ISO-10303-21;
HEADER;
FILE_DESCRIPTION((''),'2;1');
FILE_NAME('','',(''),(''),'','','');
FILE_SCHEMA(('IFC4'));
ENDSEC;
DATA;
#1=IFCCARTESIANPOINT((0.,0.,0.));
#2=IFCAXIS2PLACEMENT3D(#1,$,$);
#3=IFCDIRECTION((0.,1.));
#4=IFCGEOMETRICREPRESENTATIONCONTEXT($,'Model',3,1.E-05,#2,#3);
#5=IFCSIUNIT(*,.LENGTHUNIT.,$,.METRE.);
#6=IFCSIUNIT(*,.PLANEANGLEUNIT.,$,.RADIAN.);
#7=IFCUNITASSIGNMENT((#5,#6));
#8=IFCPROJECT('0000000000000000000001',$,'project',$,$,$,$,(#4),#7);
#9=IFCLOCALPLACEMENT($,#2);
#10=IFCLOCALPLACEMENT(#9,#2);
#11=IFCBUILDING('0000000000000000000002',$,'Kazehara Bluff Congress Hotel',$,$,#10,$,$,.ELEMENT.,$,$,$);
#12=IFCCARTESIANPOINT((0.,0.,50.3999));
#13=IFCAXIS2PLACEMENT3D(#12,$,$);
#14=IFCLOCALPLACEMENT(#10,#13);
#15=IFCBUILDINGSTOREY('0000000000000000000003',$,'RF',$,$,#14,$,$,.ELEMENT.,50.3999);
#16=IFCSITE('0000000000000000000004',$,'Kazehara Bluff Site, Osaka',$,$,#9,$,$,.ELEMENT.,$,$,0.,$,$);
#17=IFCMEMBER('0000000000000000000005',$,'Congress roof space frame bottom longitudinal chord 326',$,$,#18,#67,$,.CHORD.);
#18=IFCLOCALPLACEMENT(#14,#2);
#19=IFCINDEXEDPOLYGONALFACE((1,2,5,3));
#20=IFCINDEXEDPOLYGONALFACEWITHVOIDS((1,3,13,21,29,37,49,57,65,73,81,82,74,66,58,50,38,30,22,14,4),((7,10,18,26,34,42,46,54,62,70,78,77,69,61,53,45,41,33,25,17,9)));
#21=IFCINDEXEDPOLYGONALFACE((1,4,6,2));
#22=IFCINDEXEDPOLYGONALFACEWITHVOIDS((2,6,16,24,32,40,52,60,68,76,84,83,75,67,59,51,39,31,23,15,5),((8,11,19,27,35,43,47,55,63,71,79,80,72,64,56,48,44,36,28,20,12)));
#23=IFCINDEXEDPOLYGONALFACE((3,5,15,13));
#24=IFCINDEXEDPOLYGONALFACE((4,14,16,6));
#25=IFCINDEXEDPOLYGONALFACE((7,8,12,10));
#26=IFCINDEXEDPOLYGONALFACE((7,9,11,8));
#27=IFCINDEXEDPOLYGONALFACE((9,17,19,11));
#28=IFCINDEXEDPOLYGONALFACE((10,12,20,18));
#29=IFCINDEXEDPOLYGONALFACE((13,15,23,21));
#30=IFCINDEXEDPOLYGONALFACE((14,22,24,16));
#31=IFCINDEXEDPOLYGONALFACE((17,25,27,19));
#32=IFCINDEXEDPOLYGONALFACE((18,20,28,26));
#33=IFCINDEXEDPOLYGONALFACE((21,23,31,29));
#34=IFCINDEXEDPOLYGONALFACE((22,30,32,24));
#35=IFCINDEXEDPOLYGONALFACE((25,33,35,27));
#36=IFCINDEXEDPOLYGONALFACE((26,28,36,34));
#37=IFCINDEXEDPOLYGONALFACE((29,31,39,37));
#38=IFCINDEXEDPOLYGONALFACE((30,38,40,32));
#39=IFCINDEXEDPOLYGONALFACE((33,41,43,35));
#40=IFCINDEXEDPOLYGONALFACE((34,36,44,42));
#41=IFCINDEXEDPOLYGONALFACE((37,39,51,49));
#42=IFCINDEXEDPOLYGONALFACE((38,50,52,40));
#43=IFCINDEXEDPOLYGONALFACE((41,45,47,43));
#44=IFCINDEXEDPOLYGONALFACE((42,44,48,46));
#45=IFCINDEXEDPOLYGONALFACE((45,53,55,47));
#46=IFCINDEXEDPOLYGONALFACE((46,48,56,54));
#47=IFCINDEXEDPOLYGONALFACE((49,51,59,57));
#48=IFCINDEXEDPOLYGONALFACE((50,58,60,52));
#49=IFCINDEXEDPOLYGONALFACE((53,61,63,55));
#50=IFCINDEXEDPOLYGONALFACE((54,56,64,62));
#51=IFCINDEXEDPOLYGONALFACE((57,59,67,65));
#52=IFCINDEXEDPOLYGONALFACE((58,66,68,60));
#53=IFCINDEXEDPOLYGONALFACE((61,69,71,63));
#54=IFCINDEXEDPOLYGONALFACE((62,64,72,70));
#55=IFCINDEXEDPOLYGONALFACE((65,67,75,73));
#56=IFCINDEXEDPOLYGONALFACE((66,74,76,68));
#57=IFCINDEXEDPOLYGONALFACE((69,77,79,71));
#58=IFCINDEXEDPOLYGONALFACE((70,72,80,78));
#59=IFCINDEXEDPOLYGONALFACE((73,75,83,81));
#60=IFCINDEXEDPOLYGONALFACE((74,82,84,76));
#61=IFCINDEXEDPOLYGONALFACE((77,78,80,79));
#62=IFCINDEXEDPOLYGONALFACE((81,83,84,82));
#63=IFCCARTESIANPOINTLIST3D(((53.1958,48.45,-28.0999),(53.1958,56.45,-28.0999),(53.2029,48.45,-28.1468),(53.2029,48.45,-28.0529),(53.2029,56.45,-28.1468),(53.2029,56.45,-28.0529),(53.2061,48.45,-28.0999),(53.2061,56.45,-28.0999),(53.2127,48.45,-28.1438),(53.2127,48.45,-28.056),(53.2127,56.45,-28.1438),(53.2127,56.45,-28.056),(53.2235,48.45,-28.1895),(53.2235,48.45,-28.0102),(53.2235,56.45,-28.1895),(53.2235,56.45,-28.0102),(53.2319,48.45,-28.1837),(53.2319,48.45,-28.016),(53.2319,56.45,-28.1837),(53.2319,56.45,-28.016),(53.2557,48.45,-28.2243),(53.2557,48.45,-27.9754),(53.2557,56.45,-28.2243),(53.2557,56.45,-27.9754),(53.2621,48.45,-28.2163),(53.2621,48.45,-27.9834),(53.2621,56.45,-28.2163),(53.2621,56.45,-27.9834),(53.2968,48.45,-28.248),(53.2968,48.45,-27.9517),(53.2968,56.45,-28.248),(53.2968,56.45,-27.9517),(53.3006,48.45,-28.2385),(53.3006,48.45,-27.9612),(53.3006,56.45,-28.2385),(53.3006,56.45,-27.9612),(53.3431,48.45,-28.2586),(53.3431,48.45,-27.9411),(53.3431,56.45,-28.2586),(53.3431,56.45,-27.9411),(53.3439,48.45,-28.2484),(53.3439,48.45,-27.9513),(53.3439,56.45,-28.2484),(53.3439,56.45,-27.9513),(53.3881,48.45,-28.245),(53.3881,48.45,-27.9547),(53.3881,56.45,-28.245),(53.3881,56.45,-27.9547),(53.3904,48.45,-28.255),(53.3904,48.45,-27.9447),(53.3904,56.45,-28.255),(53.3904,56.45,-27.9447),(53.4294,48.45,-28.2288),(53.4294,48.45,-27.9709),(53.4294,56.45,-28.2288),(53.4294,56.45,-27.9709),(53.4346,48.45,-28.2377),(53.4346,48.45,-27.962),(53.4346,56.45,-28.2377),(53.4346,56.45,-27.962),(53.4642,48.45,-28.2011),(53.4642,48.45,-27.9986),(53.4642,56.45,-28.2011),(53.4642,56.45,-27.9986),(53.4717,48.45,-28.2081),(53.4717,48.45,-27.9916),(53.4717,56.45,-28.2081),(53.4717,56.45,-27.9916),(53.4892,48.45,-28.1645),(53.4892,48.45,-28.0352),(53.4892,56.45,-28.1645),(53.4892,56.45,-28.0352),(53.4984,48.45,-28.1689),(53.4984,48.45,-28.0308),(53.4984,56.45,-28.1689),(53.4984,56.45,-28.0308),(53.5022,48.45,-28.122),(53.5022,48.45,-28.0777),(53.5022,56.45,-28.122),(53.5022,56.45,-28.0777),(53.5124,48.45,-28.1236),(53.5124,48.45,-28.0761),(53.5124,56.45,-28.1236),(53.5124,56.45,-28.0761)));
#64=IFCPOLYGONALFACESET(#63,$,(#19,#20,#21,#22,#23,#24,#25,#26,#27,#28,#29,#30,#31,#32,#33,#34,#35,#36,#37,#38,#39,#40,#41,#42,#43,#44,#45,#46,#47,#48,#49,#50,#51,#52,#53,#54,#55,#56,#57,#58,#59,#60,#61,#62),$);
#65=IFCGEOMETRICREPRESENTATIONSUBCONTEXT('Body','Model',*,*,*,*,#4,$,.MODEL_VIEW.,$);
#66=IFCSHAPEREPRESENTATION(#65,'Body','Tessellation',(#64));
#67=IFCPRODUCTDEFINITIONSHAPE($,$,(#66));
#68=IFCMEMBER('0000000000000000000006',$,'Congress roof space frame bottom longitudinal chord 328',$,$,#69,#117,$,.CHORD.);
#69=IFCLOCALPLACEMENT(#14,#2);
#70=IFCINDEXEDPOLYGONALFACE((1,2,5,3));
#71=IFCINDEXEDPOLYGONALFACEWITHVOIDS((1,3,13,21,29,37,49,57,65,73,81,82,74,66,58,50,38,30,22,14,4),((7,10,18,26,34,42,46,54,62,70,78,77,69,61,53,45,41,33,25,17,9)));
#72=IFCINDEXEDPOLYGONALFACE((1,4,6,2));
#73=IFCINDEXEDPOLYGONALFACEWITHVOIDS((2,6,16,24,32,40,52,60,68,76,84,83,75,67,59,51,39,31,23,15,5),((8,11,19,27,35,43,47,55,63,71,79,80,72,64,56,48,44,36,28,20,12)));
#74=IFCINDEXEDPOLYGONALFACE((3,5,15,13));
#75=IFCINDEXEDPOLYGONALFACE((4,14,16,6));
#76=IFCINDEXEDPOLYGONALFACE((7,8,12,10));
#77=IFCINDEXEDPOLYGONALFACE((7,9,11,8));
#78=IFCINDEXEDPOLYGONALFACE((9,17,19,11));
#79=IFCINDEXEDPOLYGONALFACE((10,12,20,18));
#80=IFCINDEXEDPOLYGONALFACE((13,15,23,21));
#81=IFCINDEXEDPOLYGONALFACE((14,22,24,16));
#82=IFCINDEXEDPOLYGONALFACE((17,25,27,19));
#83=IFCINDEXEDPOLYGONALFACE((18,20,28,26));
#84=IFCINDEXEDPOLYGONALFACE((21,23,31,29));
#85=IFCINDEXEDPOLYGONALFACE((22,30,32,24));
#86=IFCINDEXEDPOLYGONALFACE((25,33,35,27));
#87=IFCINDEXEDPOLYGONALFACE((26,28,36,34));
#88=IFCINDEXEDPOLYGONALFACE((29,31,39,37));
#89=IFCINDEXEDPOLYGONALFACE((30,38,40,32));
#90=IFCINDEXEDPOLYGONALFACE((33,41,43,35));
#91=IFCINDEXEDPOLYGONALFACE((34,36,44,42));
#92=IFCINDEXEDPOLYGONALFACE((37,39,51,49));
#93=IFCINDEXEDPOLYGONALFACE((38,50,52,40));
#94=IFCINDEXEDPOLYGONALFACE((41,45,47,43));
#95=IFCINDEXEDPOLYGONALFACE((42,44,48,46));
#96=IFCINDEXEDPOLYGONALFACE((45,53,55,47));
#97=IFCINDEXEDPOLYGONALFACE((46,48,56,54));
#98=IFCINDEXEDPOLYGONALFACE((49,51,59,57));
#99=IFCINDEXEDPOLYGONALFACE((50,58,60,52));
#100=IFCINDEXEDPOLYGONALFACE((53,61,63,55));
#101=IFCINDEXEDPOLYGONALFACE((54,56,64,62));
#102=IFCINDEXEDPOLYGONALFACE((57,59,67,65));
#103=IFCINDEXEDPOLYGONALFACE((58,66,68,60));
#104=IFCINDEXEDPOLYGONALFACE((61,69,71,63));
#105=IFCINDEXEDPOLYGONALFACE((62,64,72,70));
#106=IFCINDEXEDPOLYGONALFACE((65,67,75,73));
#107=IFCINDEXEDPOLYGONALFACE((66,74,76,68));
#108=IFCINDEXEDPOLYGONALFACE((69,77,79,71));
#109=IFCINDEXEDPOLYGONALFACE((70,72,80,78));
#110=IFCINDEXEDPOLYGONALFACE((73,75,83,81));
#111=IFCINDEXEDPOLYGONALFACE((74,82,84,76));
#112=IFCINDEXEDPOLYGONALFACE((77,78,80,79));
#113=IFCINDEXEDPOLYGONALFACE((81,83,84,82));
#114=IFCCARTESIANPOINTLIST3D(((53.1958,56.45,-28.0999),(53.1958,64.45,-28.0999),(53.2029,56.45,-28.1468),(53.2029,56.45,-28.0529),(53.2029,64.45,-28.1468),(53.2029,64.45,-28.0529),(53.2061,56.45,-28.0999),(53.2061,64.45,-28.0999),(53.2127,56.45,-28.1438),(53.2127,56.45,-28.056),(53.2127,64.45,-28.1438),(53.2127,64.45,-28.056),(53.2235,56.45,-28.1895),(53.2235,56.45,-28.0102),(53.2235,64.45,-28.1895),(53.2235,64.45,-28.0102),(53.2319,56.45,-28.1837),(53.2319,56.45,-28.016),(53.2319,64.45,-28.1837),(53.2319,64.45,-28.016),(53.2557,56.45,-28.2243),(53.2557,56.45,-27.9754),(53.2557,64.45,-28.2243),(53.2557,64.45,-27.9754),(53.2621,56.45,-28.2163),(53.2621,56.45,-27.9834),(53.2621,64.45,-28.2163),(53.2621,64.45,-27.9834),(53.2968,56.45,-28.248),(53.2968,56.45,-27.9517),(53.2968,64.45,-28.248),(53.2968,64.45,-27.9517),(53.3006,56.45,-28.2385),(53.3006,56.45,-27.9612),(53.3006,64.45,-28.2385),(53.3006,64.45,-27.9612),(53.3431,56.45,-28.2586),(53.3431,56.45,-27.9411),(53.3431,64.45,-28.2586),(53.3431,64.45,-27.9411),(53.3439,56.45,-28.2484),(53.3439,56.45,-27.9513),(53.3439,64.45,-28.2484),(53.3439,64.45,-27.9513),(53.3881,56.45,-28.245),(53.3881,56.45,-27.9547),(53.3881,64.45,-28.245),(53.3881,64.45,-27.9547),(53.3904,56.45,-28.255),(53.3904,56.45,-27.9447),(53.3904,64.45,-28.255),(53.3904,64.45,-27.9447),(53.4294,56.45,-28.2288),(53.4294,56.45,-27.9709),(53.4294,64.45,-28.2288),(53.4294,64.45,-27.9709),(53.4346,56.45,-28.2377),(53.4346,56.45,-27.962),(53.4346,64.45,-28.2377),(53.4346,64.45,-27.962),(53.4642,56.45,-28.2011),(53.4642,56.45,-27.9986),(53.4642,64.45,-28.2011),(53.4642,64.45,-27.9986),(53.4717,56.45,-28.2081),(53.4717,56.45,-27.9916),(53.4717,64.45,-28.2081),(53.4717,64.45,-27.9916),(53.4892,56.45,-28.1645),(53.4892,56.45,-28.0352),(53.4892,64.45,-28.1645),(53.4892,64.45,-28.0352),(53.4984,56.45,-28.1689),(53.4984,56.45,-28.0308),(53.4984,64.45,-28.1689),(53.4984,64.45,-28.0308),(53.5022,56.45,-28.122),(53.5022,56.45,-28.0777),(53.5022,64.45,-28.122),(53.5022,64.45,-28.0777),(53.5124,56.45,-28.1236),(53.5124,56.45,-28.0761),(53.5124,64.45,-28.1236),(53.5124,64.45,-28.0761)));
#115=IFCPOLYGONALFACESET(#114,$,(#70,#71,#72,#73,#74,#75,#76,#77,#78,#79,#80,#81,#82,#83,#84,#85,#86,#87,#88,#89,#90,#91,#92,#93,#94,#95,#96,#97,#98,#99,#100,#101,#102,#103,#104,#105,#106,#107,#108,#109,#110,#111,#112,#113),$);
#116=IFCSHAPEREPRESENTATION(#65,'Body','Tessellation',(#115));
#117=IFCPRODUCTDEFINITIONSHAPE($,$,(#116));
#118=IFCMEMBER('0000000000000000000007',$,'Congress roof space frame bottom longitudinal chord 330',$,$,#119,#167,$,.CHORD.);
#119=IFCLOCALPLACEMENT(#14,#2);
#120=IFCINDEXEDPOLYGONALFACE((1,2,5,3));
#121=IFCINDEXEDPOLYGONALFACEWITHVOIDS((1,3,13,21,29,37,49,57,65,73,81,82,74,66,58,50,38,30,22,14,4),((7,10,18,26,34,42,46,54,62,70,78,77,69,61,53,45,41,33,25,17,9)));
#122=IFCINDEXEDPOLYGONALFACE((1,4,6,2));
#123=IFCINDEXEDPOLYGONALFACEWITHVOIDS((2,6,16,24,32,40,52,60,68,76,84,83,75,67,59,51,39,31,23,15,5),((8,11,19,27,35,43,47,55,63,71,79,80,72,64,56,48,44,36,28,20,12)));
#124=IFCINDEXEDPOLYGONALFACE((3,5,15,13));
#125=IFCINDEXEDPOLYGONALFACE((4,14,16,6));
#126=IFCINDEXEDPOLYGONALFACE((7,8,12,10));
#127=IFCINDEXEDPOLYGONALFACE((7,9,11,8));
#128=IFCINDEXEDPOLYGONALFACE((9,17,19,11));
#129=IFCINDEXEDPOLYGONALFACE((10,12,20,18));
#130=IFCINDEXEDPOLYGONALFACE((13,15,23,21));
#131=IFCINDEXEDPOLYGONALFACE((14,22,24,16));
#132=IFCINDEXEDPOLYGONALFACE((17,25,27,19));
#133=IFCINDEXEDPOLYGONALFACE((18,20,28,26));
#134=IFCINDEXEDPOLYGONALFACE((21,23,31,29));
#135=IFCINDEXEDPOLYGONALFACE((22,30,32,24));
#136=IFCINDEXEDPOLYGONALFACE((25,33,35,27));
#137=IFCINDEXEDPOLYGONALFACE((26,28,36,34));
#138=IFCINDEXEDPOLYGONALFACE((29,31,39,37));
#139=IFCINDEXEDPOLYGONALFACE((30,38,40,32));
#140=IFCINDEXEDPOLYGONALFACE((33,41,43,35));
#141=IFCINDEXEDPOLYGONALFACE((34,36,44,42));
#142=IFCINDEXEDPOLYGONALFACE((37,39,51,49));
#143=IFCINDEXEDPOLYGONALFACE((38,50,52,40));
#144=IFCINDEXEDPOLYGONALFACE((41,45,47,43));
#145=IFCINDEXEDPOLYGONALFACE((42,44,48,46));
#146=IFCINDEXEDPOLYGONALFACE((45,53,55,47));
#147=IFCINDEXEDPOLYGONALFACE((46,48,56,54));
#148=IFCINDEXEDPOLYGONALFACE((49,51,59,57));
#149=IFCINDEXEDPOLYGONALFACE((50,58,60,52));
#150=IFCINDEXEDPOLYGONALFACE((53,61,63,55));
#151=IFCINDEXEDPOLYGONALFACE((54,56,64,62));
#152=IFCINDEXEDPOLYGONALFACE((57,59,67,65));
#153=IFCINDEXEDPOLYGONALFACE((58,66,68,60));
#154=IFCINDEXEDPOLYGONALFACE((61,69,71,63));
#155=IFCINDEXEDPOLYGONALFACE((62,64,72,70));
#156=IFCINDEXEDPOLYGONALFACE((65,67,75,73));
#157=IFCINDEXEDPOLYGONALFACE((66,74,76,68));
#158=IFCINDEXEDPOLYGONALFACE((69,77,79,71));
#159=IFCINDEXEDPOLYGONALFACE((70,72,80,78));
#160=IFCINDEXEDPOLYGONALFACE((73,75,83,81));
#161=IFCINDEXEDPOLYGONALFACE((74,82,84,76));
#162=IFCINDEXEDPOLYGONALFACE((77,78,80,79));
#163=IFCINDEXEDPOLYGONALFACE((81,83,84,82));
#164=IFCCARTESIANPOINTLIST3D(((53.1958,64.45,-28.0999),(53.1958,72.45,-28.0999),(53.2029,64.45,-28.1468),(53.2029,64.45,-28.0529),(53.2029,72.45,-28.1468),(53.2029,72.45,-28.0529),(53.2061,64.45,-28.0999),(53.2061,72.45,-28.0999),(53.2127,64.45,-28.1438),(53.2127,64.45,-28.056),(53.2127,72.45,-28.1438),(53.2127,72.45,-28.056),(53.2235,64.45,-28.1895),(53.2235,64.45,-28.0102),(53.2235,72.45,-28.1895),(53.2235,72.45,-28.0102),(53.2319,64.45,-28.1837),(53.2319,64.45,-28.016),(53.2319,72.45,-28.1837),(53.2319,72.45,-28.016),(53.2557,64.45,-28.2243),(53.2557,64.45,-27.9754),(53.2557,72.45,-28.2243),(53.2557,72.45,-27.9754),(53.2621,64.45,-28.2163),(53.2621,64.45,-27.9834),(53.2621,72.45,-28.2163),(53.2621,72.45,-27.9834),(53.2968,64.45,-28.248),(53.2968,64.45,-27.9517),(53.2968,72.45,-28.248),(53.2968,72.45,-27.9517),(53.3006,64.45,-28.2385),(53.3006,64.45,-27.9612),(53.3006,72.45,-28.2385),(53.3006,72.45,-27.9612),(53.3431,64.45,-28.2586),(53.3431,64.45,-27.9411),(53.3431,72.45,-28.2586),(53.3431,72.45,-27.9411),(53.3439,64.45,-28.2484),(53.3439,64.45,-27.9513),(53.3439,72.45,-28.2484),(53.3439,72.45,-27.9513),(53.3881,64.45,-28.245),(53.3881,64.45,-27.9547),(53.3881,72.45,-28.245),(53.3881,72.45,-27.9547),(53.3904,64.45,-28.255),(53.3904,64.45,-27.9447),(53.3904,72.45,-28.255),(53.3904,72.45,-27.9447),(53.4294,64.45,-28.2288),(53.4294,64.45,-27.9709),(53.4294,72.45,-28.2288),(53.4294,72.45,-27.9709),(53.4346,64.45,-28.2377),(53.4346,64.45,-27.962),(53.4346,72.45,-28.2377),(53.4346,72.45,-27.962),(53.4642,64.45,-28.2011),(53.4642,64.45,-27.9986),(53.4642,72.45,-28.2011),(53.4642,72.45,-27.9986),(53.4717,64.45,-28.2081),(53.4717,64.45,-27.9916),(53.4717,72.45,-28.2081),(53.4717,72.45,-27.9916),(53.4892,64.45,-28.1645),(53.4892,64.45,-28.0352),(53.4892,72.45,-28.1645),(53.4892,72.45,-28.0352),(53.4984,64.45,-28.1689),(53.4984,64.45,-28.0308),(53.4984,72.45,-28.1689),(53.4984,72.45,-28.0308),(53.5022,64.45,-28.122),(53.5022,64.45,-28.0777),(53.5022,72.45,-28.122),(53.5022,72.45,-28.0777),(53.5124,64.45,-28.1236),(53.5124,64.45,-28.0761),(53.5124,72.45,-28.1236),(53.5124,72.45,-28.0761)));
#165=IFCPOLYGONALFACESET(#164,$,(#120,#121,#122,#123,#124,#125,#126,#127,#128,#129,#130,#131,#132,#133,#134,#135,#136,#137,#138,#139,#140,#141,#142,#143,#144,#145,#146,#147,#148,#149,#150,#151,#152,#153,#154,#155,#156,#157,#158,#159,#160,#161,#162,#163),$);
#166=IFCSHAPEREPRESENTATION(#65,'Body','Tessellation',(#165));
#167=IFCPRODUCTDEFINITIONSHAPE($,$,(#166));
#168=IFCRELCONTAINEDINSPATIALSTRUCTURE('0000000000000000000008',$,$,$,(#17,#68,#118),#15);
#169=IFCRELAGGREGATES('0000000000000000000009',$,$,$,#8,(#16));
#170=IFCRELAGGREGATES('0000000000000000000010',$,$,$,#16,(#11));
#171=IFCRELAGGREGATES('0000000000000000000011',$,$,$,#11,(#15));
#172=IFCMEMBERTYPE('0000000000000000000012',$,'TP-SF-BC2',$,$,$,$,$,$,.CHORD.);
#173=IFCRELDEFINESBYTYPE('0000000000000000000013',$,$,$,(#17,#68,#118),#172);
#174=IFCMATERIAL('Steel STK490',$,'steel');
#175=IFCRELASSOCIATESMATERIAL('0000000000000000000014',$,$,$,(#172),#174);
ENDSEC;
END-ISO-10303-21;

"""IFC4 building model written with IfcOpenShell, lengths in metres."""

from ifc_helpers import new_model, si_unit, direction, frame, origin, origin_2d, place, context, subcontext, project, spatial, hollow_circle, extrude, material, material_profile, profile_set, type_object, element, save


model = new_model("IFC4")

# Units and contexts
model_context = context("Model", 3, precision=1e-05, world=origin(), true_north=direction((0.0, 1.0)))
body_context = subcontext(model_context, "Body", "Model", "MODEL_VIEW")
ifc_project = project(units=[si_unit("LENGTHUNIT", "METRE"), si_unit("PLANEANGLEUNIT", "RADIAN")], contexts=[model_context])

# Site, building, storey
site_placement = place(None, origin())
site = spatial("IfcSite", under=ifc_project, at=site_placement, Name="Kazehara Bluff Site, Osaka", CompositionType="ELEMENT", RefElevation=0.0)
building_placement = place(site_placement, origin())
building = spatial("IfcBuilding", under=site, at=building_placement, Name="Kazehara Bluff Congress Hotel", CompositionType="ELEMENT")
storey_placement = place(building_placement, frame((0.0, 0.0, 50.3999)))
storey = spatial("IfcBuildingStorey", under=building, at=storey_placement, Name="RF", CompositionType="ELEMENT", Elevation=50.3999)

# Members
ifc_material_1 = material(Name="Steel STK490", Category="steel")
ifc_material_profile_1 = material_profile(ifc_material_1, hollow_circle(Radius=0.1592, WallThickness=0.0103, at=origin_2d()))
ifc_profile_set_1 = profile_set([ifc_material_profile_1], Name="Steel STK490")
member_type_1 = type_object("IfcMemberType", Name="TP-SF-BC2", PredefinedType="CHORD", material=ifc_profile_set_1)
for number, where, z_axis, x_axis, name in (
    (1, (53.355, 48.45, -28.0999), (0.0, 1.0, 0.0), (-1.0, 0.0, 0.0), "Congress roof space frame bottom longitudinal chord 326"),
    (2, (53.355, 56.45, -28.0999), (0.0, 1.0, 0.0), (-1.0, 0.0, 0.0), "Congress roof space frame bottom longitudinal chord 328"),
    (3, (53.355, 64.45, -28.0999), (0.0, 1.0, 0.0), (-1.0, 0.0, 0.0), "Congress roof space frame bottom longitudinal chord 330"),
):
    element("IfcMember", number, at=place(storey_placement, frame(where, z_axis=z_axis, x_axis=x_axis)), inside=storey, type_object=member_type_1, Name=name, PredefinedType="CHORD", context=body_context, shape_type="SweptSolid", body=[
        extrude(hollow_circle(Radius=0.1592, WallThickness=0.0103, at=origin_2d()), origin(), (0.0, 0.0, 1.0), 8.0),
    ])

save(model, "model.ifc")
